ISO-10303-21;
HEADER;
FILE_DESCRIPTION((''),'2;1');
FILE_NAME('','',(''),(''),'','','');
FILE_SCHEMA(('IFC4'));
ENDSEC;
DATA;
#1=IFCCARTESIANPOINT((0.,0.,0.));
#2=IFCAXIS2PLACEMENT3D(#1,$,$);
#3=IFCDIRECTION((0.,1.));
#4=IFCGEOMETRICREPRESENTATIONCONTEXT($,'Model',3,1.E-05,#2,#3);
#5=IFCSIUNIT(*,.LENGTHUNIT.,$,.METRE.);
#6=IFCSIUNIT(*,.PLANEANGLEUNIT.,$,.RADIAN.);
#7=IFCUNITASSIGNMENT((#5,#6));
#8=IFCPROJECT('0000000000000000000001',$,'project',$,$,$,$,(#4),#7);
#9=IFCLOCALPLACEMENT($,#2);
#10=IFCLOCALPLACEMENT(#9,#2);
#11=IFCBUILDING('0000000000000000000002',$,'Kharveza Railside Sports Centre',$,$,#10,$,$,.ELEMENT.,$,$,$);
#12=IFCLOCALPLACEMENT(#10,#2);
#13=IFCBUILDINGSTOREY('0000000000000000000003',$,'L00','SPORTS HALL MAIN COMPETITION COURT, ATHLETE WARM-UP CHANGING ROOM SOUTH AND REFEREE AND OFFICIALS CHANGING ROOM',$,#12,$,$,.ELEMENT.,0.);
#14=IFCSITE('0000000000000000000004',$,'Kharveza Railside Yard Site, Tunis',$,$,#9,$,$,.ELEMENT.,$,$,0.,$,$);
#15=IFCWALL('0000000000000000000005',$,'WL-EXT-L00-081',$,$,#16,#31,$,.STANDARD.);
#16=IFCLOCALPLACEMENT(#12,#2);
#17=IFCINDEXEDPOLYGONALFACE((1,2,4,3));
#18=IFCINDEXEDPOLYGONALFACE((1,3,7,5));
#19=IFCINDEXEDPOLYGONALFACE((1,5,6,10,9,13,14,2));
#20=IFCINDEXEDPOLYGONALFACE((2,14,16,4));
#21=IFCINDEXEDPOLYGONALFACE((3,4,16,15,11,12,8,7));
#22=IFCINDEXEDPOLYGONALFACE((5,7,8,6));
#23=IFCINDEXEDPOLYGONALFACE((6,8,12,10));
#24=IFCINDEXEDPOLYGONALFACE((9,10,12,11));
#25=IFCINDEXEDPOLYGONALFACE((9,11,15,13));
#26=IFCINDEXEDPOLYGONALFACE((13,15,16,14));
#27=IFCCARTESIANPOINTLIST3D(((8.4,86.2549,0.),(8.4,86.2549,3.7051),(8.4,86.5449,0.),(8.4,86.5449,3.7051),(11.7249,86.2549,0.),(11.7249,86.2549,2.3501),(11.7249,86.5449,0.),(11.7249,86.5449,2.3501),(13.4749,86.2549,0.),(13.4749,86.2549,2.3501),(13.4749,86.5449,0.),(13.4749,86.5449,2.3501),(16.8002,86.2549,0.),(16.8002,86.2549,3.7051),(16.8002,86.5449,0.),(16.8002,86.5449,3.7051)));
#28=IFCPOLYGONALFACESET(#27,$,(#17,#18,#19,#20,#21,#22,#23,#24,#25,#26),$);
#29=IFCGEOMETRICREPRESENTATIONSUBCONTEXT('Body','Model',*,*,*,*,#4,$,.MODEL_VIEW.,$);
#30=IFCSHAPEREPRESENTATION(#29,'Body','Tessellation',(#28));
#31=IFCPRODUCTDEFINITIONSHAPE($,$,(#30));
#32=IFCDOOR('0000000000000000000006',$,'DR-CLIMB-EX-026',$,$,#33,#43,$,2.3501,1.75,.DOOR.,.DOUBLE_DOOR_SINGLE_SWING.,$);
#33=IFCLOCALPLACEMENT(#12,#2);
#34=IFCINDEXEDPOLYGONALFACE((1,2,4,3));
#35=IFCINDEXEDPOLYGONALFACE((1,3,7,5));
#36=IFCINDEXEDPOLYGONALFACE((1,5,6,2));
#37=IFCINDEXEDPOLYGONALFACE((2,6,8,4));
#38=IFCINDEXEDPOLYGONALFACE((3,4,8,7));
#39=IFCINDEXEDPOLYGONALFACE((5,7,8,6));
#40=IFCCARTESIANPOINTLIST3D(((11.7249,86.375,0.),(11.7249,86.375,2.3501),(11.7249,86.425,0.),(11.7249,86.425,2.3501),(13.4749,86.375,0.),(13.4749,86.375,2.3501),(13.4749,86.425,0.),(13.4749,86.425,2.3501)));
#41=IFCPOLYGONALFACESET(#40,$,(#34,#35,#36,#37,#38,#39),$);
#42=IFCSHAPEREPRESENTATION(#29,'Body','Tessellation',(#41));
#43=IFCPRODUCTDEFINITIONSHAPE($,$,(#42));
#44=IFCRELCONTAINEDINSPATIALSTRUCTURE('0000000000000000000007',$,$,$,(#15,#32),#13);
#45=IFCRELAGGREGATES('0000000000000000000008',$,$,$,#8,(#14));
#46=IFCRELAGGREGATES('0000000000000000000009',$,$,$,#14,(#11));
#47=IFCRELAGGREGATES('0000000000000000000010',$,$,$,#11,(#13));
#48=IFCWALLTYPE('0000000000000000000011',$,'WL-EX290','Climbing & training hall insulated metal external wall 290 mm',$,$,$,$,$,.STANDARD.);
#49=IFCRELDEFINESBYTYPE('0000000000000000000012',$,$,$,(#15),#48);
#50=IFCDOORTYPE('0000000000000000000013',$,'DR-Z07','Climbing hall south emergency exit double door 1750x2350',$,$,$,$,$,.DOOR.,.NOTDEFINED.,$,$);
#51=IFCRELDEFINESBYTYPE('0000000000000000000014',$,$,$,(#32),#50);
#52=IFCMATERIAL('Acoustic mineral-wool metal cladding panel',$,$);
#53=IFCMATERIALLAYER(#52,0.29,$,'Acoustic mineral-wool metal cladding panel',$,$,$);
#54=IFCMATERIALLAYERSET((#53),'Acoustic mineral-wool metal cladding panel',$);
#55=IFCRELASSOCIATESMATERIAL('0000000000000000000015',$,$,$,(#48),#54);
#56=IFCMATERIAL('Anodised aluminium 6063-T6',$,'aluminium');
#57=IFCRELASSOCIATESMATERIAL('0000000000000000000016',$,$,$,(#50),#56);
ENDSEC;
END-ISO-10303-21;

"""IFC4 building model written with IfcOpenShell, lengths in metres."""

from ifc_helpers import new_model, si_unit, direction, frame, frame_2d, origin, place, context, subcontext, project, spatial, rectangle, extrude, material, layer, layer_set, type_object, element, fill, save


model = new_model("IFC4")

# Units and contexts
model_context = context("Model", 3, precision=1e-05, world=origin(), true_north=direction((0.0, 1.0)))
body_context = subcontext(model_context, "Body", "Model", "MODEL_VIEW")
ifc_project = project(units=[si_unit("LENGTHUNIT", "METRE"), si_unit("PLANEANGLEUNIT", "RADIAN")], contexts=[model_context])

# Site, building, storey
site_placement = place(None, origin())
site = spatial("IfcSite", under=ifc_project, at=site_placement, Name="Kharveza Railside Yard Site, Tunis", CompositionType="ELEMENT", RefElevation=0.0)
building_placement = place(site_placement, origin())
building = spatial("IfcBuilding", under=site, at=building_placement, Name="Kharveza Railside Sports Centre", CompositionType="ELEMENT")
storey_placement = place(building_placement, origin())
storey = spatial("IfcBuildingStorey", under=building, at=storey_placement, Name="L00", Description="SPORTS HALL MAIN COMPETITION COURT, ATHLETE WARM-UP CHANGING ROOM SOUTH AND REFEREE AND OFFICIALS CHANGING ROOM", CompositionType="ELEMENT", Elevation=0.0)

# Wall, opening, door
ifc_material_1 = material(Name="Acoustic mineral-wool metal cladding panel")
ifc_layer_1 = layer(ifc_material_1, 0.29, Name="Acoustic mineral-wool metal cladding panel")
ifc_layer_set_1 = layer_set([ifc_layer_1], Name="Acoustic mineral-wool metal cladding panel")
wall_type = type_object("IfcWallType", Name="WL-EX290", Description="Climbing & training hall insulated metal external wall 290 mm", PredefinedType="STANDARD", material=ifc_layer_set_1)
ifc_material_2 = material(Name="Anodised aluminium 6063-T6", Category="aluminium")
door_type = type_object("IfcDoorType", Name="DR-Z07", Description="Climbing hall south emergency exit double door 1750x2350", OperationType="NOTDEFINED", PredefinedType="DOOR", material=ifc_material_2)
wall_1_placement = place(storey_placement, frame((8.3999, 86.3999, 0.0), z_axis=(0.0, 0.0, 1.0), x_axis=(1.0, 0.0, 0.0)))
wall_1 = element("IfcWall", 1, at=wall_1_placement, inside=storey, type_object=wall_type, Name="WL-EXT-L00-081", PredefinedType="STANDARD", context=body_context, shape_type="SweptSolid", body=[
    extrude(rectangle(XDim=8.4001, YDim=0.29, at=frame_2d((4.2002, 0.0))), origin(), (0.0, 0.0, 1.0), 3.7051),
])
opening_1_placement = place(wall_1_placement, frame((3.325, 0.0, 0.0)))
opening_1 = element("IfcOpeningElement", 2, at=opening_1_placement, cuts=wall_1, PredefinedType="OPENING", context=body_context, shape_type="SweptSolid", body=[
    extrude(rectangle(XDim=1.75, YDim=2.3501, at=frame_2d((0.875, 1.175))), frame((0.0, 0.1699, 0.0), z_axis=(0.0, -1.0, 0.0), x_axis=(1.0, 0.0, 0.0)), (0.0, 0.0, 1.0), 0.3398),
])
door_1_placement = place(opening_1_placement, frame((1.75, 0.0, 0.0), z_axis=(0.0, 0.0, 1.0), x_axis=(-1.0, 0.0, 0.0)))
door_1 = element("IfcDoor", 3, at=door_1_placement, inside=storey, type_object=door_type, Name="DR-CLIMB-EX-026", OperationType="DOUBLE_DOOR_SINGLE_SWING", OverallHeight=2.3501, OverallWidth=1.75, PredefinedType="DOOR", context=body_context, shape_type="SweptSolid", body=[
    extrude(rectangle(XDim=1.75, YDim=2.3501, at=frame_2d((0.875, 1.175))), frame((0.0, 0.0249, 0.0), z_axis=(0.0, -1.0, 0.0), x_axis=(1.0, 0.0, 0.0)), (0.0, 0.0, 1.0), 0.05),
])
fill(opening_1, door_1)

save(model, "model.ifc")
